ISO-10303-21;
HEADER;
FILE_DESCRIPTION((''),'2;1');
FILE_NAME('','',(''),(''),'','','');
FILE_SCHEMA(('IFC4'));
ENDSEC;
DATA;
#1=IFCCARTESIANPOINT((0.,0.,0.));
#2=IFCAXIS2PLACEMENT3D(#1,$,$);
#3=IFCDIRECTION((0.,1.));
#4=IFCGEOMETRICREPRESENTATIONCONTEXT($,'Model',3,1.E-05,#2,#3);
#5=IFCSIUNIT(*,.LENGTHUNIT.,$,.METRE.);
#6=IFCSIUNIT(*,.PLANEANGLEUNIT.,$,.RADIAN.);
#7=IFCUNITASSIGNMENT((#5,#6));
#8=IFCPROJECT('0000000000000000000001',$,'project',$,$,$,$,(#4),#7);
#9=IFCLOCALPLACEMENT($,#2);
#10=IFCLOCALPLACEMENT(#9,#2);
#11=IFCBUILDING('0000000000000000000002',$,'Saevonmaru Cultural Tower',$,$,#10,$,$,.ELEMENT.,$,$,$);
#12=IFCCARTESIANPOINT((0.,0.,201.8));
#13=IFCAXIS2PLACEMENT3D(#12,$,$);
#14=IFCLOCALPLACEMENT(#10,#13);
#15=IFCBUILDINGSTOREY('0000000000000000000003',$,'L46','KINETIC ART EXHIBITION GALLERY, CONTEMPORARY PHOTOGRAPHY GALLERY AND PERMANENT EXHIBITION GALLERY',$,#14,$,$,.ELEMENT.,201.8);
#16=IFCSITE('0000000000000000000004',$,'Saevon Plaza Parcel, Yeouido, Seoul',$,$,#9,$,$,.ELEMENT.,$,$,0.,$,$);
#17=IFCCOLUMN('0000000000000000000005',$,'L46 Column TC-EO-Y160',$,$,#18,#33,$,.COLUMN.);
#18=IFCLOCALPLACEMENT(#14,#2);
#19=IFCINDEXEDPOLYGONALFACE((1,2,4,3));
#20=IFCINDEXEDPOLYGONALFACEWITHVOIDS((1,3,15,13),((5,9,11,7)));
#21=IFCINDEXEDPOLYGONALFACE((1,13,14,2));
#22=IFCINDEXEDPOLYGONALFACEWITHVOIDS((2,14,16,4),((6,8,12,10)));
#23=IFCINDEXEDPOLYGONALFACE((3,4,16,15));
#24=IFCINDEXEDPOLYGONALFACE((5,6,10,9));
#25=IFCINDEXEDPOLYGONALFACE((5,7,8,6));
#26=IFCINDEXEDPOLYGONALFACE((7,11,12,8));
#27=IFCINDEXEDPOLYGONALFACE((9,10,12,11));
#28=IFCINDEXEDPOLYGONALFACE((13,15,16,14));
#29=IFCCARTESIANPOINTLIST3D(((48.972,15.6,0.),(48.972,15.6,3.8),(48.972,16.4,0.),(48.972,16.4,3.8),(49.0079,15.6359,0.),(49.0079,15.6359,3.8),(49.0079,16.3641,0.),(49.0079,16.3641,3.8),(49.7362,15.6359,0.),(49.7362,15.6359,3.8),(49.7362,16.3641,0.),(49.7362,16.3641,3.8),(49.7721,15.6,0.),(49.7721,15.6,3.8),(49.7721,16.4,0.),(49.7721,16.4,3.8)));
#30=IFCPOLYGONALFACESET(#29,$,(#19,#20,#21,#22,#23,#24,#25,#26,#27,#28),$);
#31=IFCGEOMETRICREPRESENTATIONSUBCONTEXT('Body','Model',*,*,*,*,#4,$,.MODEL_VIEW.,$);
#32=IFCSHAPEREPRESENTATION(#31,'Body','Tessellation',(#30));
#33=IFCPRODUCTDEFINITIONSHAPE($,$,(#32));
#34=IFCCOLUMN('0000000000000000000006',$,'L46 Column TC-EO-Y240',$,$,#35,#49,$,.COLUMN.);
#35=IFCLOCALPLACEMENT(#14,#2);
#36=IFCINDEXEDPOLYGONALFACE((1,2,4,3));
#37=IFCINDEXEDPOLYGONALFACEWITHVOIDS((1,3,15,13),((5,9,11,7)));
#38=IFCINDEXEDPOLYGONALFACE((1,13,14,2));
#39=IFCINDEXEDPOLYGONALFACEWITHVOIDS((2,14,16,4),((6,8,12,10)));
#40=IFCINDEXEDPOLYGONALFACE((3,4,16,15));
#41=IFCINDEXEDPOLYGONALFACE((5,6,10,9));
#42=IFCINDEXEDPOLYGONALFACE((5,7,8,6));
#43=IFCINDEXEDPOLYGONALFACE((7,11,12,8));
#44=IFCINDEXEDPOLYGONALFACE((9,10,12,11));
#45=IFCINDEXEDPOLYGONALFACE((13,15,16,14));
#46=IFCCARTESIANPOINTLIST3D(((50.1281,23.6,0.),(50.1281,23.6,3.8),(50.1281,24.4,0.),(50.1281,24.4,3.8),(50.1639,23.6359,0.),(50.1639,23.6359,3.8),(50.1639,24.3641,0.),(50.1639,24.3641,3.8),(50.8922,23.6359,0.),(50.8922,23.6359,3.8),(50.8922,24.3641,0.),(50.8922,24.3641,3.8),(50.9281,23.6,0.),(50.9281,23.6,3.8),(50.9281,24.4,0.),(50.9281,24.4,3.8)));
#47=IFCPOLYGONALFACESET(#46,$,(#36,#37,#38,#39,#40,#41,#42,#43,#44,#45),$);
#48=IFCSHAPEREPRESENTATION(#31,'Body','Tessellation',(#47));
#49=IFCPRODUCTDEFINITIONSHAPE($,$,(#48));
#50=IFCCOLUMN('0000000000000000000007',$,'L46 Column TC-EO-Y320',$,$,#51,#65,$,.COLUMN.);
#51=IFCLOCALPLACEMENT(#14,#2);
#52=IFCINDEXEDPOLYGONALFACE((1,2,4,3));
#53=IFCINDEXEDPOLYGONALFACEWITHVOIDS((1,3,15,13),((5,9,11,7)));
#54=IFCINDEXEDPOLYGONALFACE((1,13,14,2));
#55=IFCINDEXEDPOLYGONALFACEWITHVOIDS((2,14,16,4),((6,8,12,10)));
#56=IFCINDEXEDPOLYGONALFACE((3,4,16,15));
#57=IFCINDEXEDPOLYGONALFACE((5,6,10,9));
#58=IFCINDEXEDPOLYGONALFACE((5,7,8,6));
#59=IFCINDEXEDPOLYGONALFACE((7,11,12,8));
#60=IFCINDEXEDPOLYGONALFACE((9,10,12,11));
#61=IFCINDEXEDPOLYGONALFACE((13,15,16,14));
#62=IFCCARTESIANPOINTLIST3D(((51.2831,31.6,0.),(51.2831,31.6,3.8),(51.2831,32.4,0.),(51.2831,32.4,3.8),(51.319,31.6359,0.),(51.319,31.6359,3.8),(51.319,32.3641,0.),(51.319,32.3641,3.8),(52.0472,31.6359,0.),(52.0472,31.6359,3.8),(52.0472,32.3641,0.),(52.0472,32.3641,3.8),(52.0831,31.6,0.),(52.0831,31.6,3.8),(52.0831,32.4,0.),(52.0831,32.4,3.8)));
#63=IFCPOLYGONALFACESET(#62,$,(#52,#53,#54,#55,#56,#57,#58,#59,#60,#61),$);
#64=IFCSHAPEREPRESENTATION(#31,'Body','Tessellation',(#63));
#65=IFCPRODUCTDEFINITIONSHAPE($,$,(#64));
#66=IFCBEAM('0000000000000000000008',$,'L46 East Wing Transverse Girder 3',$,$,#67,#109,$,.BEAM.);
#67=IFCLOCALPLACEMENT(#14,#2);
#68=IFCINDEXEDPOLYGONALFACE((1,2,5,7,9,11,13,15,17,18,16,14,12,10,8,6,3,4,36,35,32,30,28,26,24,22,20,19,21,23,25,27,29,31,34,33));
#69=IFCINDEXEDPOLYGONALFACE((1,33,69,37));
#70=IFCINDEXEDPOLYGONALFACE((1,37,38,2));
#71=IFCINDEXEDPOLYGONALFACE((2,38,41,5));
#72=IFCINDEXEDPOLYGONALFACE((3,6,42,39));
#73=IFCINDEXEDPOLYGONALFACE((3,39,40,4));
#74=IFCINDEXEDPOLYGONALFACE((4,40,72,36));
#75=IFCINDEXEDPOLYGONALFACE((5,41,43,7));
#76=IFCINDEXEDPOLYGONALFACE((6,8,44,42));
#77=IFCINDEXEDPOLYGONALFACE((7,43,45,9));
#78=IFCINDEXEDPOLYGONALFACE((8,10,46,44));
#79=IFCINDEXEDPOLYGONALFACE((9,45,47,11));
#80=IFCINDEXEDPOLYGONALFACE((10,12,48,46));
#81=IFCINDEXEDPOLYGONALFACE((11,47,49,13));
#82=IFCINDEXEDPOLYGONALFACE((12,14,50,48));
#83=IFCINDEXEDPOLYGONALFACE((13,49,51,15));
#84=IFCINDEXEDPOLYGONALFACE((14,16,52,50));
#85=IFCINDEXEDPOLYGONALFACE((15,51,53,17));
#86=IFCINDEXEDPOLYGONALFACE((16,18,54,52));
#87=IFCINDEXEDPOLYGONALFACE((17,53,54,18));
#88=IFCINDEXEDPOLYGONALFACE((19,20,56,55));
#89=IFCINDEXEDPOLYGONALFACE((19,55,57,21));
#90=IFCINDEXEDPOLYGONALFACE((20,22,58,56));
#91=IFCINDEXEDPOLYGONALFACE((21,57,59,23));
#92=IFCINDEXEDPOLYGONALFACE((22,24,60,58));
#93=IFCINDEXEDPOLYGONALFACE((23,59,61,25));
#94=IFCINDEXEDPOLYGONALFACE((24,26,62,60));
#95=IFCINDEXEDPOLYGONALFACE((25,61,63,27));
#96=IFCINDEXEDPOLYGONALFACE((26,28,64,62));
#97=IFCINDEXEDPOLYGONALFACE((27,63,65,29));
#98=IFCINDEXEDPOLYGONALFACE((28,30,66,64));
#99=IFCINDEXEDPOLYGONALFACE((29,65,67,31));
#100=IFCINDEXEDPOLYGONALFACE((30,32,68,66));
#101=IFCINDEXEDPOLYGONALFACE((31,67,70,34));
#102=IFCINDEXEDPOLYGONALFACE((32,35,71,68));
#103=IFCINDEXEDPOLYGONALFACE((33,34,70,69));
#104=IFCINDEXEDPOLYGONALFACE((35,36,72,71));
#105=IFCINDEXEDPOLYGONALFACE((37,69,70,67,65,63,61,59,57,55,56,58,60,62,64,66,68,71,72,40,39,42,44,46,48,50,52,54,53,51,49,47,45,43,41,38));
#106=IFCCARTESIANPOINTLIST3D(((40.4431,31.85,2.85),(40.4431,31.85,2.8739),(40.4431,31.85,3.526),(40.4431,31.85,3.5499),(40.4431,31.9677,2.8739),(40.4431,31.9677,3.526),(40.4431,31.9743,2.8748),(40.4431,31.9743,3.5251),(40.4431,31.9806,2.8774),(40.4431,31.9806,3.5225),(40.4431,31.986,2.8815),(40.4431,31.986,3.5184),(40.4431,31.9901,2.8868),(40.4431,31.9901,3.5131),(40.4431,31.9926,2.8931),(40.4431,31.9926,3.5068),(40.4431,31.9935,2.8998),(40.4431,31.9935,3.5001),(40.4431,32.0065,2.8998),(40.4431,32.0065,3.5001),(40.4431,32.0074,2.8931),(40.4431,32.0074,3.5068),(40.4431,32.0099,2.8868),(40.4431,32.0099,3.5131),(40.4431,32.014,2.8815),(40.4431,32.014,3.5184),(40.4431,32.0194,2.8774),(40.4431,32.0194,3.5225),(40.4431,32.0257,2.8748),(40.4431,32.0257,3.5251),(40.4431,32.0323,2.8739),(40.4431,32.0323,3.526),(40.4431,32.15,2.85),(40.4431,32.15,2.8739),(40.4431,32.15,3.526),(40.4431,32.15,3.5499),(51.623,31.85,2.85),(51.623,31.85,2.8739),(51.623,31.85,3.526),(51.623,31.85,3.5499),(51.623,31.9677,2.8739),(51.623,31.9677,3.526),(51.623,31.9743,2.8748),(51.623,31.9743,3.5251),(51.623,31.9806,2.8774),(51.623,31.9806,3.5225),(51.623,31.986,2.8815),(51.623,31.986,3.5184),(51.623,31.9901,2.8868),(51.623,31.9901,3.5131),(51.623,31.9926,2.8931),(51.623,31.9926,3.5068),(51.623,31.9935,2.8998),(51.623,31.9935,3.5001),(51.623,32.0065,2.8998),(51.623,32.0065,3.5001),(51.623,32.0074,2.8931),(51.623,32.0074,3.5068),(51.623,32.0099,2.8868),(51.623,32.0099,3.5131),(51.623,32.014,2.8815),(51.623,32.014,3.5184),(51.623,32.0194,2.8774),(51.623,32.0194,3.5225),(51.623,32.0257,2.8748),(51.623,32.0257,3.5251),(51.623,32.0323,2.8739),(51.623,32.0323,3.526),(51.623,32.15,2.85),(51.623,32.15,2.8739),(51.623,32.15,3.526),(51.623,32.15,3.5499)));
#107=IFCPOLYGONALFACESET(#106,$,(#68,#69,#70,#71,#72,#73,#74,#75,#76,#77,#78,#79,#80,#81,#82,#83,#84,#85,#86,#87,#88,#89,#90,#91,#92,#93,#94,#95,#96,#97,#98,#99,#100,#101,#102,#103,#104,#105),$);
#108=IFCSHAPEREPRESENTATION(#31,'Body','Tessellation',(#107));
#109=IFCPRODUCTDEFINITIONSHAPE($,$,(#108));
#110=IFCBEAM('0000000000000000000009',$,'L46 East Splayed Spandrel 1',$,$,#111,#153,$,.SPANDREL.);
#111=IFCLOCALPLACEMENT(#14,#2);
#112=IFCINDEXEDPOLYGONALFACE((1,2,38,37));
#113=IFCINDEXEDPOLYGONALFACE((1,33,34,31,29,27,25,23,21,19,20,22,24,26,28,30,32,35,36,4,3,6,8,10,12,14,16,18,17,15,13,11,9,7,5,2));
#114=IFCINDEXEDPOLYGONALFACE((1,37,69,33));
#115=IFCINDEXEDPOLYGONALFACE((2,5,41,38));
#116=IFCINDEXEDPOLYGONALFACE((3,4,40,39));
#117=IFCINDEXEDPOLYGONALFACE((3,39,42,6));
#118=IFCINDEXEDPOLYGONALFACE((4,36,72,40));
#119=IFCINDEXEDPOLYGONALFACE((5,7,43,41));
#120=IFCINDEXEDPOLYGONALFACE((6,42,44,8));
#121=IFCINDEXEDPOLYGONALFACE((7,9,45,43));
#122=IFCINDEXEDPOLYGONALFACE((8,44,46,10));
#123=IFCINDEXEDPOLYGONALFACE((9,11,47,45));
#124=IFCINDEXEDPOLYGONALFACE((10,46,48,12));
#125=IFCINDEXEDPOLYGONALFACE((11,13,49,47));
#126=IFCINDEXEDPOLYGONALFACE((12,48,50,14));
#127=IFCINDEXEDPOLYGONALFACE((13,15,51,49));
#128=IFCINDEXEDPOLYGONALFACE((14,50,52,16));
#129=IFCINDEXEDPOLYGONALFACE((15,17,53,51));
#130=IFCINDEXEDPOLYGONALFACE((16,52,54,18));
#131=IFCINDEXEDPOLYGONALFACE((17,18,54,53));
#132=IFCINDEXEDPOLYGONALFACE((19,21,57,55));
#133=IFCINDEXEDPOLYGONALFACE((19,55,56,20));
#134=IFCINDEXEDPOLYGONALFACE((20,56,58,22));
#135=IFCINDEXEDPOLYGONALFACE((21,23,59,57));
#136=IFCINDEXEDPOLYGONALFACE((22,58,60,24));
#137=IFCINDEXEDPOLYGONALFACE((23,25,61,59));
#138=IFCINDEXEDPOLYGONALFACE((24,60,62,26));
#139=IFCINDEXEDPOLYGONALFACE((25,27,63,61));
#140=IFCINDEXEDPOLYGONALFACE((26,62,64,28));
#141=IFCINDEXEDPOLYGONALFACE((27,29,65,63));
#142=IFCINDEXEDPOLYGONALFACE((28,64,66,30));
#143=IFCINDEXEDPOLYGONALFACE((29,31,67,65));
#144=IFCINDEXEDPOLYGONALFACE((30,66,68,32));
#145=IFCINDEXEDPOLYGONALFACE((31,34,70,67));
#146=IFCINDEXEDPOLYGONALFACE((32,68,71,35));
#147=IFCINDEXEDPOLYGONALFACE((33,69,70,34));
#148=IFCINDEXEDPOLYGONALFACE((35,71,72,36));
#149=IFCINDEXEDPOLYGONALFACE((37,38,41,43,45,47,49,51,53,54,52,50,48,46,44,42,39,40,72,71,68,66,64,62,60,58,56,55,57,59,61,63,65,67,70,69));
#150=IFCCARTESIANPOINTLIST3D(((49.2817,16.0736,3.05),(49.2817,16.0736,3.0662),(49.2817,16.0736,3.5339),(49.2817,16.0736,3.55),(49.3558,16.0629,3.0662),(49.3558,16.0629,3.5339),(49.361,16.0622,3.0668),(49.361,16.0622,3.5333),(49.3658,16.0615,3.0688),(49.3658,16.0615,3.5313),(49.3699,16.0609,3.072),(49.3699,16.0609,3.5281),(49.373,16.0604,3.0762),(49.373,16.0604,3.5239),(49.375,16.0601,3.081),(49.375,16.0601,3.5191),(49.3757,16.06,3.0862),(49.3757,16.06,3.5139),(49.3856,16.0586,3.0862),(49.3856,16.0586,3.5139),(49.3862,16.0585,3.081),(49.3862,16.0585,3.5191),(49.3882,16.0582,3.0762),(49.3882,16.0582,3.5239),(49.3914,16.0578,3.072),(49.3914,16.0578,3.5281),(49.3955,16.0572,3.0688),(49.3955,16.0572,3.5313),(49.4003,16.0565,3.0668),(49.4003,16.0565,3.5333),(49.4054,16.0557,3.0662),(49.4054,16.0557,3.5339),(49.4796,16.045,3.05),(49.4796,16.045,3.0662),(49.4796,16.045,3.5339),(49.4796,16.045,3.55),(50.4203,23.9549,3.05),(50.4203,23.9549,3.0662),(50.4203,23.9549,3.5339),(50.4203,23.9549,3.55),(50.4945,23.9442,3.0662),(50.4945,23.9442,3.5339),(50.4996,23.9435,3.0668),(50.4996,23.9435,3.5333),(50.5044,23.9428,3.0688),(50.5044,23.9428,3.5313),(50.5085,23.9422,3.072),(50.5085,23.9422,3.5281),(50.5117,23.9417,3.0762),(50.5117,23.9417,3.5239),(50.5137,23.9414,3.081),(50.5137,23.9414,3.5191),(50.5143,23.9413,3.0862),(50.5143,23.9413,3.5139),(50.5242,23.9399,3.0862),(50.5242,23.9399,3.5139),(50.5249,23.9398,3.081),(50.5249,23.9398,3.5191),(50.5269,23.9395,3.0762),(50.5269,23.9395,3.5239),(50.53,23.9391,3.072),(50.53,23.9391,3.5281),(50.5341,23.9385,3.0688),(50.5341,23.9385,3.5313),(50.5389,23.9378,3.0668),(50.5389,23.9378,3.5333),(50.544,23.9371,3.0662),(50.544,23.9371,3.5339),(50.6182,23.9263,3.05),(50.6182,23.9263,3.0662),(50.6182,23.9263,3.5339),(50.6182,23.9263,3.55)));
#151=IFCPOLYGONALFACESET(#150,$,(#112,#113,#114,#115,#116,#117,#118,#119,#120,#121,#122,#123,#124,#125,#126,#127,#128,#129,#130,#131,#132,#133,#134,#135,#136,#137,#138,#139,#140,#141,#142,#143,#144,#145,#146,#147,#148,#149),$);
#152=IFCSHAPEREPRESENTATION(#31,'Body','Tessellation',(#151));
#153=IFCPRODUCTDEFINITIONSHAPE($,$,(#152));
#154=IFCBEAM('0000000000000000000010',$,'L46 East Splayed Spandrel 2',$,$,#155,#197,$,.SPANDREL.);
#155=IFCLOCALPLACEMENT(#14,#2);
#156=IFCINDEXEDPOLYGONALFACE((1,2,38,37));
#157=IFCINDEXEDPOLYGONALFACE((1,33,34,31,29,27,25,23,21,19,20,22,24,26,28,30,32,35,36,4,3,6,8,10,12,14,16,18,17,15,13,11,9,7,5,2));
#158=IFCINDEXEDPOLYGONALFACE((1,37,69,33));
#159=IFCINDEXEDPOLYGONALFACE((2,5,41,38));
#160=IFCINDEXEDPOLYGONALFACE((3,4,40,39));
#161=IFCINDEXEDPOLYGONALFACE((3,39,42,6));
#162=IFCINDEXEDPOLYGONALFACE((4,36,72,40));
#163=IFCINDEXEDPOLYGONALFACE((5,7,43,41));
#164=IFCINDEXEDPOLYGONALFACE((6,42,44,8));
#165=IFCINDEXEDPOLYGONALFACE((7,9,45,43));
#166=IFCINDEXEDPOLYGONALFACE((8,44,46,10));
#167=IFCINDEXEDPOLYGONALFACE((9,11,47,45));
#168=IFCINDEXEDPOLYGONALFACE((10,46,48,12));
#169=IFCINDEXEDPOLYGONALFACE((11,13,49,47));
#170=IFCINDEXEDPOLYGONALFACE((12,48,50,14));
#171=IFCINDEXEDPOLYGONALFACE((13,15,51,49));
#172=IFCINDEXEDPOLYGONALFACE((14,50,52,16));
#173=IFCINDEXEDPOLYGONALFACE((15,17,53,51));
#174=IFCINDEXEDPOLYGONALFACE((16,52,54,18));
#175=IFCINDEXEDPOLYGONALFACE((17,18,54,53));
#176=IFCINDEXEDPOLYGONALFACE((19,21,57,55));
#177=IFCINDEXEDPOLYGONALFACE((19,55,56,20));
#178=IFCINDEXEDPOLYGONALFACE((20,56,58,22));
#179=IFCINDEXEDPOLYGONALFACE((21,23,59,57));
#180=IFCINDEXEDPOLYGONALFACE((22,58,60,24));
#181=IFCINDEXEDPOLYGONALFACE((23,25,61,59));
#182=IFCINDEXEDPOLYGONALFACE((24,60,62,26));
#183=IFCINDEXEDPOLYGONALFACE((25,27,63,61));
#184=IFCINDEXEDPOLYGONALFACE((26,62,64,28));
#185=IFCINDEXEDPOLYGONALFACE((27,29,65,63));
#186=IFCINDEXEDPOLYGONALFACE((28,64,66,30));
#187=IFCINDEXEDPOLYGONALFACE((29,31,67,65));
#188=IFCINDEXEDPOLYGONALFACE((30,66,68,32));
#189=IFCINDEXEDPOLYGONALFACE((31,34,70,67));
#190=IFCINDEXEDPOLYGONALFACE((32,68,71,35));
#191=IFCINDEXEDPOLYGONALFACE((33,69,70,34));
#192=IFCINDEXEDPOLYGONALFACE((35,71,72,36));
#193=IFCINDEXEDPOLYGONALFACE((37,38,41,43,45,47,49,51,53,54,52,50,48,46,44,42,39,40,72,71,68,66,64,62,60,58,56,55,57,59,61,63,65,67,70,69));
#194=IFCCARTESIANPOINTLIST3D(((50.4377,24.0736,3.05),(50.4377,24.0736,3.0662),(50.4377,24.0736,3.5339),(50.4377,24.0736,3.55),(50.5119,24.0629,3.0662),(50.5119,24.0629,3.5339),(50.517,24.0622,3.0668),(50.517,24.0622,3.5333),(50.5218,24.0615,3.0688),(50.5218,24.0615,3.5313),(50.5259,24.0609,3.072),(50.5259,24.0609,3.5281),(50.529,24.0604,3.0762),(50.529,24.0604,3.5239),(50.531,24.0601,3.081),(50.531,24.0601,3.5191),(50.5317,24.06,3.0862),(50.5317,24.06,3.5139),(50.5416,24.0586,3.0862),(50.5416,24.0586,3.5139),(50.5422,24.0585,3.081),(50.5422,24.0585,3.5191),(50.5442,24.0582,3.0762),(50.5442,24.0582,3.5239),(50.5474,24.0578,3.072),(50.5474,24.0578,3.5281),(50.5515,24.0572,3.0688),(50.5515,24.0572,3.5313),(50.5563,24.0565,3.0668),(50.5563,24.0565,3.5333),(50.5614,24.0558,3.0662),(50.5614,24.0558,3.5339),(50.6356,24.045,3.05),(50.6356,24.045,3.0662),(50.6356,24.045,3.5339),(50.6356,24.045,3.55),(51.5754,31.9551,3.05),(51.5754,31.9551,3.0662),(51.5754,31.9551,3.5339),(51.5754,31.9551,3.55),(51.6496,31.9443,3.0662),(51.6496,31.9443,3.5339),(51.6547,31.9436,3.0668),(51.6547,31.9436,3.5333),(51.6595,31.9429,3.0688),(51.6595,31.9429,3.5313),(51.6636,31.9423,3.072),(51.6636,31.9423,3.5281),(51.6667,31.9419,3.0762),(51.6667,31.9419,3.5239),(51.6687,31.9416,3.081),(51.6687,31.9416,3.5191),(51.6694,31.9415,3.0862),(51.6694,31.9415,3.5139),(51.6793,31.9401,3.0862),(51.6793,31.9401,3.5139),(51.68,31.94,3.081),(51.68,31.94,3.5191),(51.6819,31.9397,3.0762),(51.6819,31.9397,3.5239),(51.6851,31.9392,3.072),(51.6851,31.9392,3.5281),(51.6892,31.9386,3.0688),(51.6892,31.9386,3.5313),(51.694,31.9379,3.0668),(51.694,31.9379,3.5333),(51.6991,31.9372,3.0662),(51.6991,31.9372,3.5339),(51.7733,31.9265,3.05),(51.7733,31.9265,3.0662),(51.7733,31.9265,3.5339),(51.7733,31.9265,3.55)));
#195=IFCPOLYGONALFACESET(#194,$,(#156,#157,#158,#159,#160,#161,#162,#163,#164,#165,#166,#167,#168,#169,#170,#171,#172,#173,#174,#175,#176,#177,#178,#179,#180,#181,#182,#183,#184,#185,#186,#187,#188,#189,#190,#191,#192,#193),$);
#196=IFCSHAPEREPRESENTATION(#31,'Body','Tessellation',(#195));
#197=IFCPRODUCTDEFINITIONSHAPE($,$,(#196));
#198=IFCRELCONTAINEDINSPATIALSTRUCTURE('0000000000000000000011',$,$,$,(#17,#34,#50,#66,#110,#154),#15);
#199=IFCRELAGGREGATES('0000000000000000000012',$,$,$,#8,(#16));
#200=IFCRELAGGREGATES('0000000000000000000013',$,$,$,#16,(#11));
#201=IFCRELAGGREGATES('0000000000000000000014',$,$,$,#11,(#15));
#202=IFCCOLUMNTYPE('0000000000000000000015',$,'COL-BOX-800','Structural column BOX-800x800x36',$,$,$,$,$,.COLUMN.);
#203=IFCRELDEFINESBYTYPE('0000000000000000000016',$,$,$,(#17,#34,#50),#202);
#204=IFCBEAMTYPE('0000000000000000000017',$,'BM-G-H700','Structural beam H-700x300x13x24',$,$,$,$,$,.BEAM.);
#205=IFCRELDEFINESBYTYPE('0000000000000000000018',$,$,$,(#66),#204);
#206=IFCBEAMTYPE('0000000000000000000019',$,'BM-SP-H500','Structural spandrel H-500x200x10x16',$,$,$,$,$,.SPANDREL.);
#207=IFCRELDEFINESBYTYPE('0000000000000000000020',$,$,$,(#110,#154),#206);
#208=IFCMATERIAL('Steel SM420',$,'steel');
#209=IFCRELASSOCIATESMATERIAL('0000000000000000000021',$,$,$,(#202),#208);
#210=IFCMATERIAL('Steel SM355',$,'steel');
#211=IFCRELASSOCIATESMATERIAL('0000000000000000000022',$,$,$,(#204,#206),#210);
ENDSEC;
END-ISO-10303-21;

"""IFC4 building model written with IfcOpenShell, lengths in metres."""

from ifc_helpers import new_model, si_unit, direction, frame, origin, origin_2d, place, context, subcontext, project, spatial, hollow_rectangle, i_section, extrude, material, material_profile, profile_set, type_object, element, save


model = new_model("IFC4")

# Units and contexts
model_context = context("Model", 3, precision=1e-05, world=origin(), true_north=direction((0.0, 1.0)))
body_context = subcontext(model_context, "Body", "Model", "MODEL_VIEW")
ifc_project = project(units=[si_unit("LENGTHUNIT", "METRE"), si_unit("PLANEANGLEUNIT", "RADIAN")], contexts=[model_context])

# Site, building, storey
site_placement = place(None, origin())
site = spatial("IfcSite", under=ifc_project, at=site_placement, Name="Saevon Plaza Parcel, Yeouido, Seoul", CompositionType="ELEMENT", RefElevation=0.0)
building_placement = place(site_placement, origin())
building = spatial("IfcBuilding", under=site, at=building_placement, Name="Saevonmaru Cultural Tower", CompositionType="ELEMENT")
storey_placement = place(building_placement, frame((0.0, 0.0, 201.8)))
storey = spatial("IfcBuildingStorey", under=building, at=storey_placement, Name="L46", Description="KINETIC ART EXHIBITION GALLERY, CONTEMPORARY PHOTOGRAPHY GALLERY AND PERMANENT EXHIBITION GALLERY", CompositionType="ELEMENT", Elevation=201.8)

# Columns
ifc_material_1 = material(Name="Steel SM420", Category="steel")
ifc_material_profile_1 = material_profile(ifc_material_1, hollow_rectangle(XDim=0.8, YDim=0.8, WallThickness=0.0359, at=origin_2d()), Name="BOX-800x800x36")
ifc_profile_set_1 = profile_set([ifc_material_profile_1], Name="Steel SM420")
column_type = type_object("IfcColumnType", Name="COL-BOX-800", Description="Structural column BOX-800x800x36", PredefinedType="COLUMN", material=ifc_profile_set_1)
for number, where, z_axis, x_axis, name in (
    (1, (49.3721, 16.0, 0.0), (0.0, 0.0, 1.0), (1.0, 0.0, 0.0), "L46 Column TC-EO-Y160"),
    (2, (50.5281, 24.0, 0.0), (0.0, 0.0, 1.0), (1.0, 0.0, 0.0), "L46 Column TC-EO-Y240"),
    (3, (51.6831, 32.0, 0.0), (0.0, 0.0, 1.0), (1.0, 0.0, 0.0), "L46 Column TC-EO-Y320"),
):
    element("IfcColumn", number, at=place(storey_placement, frame(where, z_axis=z_axis, x_axis=x_axis)), inside=storey, type_object=column_type, Name=name, PredefinedType="COLUMN", context=body_context, shape_type="SweptSolid", body=[
        extrude(hollow_rectangle(XDim=0.8, YDim=0.8, WallThickness=0.0359, at=origin_2d()), origin(), (0.0, 0.0, 1.0), 3.8),
    ])

# Beams
ifc_material_2 = material(Name="Steel SM355", Category="steel")
ifc_material_profile_2 = material_profile(ifc_material_2, i_section(OverallWidth=0.3, OverallDepth=0.7, WebThickness=0.0129, FlangeThickness=0.0239, FilletRadius=0.0259, at=origin_2d()), Name="H-700x300x13x24")
ifc_profile_set_2 = profile_set([ifc_material_profile_2], Name="Steel SM355")
beam_type_1 = type_object("IfcBeamType", Name="BM-G-H700", Description="Structural beam H-700x300x13x24", PredefinedType="BEAM", material=ifc_profile_set_2)
beam_placement = place(storey_placement, frame((40.4431, 32.0, 3.2), z_axis=(1.0, 0.0, 0.0), x_axis=(0.0, 1.0, 0.0)))
element("IfcBeam", 4, at=beam_placement, inside=storey, type_object=beam_type_1, Name="L46 East Wing Transverse Girder 3", PredefinedType="BEAM", context=body_context, shape_type="SweptSolid", body=[
    extrude(i_section(OverallWidth=0.3, OverallDepth=0.7, WebThickness=0.0129, FlangeThickness=0.0239, FilletRadius=0.0259, at=origin_2d()), origin(), (0.0, 0.0, 1.0), 11.1799),
])
ifc_material_profile_3 = material_profile(ifc_material_2, i_section(OverallWidth=0.2, OverallDepth=0.5, WebThickness=0.01, FlangeThickness=0.0161, FilletRadius=0.02, at=origin_2d()), Name="H-500x200x10x16")
ifc_profile_set_3 = profile_set([ifc_material_profile_3], Name="Steel SM355")
beam_type_2 = type_object("IfcBeamType", Name="BM-SP-H500", Description="Structural spandrel H-500x200x10x16", PredefinedType="SPANDREL", material=ifc_profile_set_3)
for number, where, z_axis, x_axis, name in (
    (5, (49.3806, 16.0593, 3.3), (0.142992, 0.989724, 0.0), (-0.989724, 0.142992, 0.0), "L46 East Splayed Spandrel 1"),
    (6, (50.5366, 24.0593, 3.3), (0.142872, 0.989741, 0.0), (-0.989741, 0.142872, 0.0), "L46 East Splayed Spandrel 2"),
):
    element("IfcBeam", number, at=place(storey_placement, frame(where, z_axis=z_axis, x_axis=x_axis)), inside=storey, type_object=beam_type_2, Name=name, PredefinedType="SPANDREL", context=body_context, shape_type="SweptSolid", body=[
        extrude(i_section(OverallWidth=0.2, OverallDepth=0.5, WebThickness=0.01, FlangeThickness=0.0161, FilletRadius=0.02, at=origin_2d()), origin(), (0.0, 0.0, 1.0), 7.9631),
    ])

save(model, "model.ifc")
